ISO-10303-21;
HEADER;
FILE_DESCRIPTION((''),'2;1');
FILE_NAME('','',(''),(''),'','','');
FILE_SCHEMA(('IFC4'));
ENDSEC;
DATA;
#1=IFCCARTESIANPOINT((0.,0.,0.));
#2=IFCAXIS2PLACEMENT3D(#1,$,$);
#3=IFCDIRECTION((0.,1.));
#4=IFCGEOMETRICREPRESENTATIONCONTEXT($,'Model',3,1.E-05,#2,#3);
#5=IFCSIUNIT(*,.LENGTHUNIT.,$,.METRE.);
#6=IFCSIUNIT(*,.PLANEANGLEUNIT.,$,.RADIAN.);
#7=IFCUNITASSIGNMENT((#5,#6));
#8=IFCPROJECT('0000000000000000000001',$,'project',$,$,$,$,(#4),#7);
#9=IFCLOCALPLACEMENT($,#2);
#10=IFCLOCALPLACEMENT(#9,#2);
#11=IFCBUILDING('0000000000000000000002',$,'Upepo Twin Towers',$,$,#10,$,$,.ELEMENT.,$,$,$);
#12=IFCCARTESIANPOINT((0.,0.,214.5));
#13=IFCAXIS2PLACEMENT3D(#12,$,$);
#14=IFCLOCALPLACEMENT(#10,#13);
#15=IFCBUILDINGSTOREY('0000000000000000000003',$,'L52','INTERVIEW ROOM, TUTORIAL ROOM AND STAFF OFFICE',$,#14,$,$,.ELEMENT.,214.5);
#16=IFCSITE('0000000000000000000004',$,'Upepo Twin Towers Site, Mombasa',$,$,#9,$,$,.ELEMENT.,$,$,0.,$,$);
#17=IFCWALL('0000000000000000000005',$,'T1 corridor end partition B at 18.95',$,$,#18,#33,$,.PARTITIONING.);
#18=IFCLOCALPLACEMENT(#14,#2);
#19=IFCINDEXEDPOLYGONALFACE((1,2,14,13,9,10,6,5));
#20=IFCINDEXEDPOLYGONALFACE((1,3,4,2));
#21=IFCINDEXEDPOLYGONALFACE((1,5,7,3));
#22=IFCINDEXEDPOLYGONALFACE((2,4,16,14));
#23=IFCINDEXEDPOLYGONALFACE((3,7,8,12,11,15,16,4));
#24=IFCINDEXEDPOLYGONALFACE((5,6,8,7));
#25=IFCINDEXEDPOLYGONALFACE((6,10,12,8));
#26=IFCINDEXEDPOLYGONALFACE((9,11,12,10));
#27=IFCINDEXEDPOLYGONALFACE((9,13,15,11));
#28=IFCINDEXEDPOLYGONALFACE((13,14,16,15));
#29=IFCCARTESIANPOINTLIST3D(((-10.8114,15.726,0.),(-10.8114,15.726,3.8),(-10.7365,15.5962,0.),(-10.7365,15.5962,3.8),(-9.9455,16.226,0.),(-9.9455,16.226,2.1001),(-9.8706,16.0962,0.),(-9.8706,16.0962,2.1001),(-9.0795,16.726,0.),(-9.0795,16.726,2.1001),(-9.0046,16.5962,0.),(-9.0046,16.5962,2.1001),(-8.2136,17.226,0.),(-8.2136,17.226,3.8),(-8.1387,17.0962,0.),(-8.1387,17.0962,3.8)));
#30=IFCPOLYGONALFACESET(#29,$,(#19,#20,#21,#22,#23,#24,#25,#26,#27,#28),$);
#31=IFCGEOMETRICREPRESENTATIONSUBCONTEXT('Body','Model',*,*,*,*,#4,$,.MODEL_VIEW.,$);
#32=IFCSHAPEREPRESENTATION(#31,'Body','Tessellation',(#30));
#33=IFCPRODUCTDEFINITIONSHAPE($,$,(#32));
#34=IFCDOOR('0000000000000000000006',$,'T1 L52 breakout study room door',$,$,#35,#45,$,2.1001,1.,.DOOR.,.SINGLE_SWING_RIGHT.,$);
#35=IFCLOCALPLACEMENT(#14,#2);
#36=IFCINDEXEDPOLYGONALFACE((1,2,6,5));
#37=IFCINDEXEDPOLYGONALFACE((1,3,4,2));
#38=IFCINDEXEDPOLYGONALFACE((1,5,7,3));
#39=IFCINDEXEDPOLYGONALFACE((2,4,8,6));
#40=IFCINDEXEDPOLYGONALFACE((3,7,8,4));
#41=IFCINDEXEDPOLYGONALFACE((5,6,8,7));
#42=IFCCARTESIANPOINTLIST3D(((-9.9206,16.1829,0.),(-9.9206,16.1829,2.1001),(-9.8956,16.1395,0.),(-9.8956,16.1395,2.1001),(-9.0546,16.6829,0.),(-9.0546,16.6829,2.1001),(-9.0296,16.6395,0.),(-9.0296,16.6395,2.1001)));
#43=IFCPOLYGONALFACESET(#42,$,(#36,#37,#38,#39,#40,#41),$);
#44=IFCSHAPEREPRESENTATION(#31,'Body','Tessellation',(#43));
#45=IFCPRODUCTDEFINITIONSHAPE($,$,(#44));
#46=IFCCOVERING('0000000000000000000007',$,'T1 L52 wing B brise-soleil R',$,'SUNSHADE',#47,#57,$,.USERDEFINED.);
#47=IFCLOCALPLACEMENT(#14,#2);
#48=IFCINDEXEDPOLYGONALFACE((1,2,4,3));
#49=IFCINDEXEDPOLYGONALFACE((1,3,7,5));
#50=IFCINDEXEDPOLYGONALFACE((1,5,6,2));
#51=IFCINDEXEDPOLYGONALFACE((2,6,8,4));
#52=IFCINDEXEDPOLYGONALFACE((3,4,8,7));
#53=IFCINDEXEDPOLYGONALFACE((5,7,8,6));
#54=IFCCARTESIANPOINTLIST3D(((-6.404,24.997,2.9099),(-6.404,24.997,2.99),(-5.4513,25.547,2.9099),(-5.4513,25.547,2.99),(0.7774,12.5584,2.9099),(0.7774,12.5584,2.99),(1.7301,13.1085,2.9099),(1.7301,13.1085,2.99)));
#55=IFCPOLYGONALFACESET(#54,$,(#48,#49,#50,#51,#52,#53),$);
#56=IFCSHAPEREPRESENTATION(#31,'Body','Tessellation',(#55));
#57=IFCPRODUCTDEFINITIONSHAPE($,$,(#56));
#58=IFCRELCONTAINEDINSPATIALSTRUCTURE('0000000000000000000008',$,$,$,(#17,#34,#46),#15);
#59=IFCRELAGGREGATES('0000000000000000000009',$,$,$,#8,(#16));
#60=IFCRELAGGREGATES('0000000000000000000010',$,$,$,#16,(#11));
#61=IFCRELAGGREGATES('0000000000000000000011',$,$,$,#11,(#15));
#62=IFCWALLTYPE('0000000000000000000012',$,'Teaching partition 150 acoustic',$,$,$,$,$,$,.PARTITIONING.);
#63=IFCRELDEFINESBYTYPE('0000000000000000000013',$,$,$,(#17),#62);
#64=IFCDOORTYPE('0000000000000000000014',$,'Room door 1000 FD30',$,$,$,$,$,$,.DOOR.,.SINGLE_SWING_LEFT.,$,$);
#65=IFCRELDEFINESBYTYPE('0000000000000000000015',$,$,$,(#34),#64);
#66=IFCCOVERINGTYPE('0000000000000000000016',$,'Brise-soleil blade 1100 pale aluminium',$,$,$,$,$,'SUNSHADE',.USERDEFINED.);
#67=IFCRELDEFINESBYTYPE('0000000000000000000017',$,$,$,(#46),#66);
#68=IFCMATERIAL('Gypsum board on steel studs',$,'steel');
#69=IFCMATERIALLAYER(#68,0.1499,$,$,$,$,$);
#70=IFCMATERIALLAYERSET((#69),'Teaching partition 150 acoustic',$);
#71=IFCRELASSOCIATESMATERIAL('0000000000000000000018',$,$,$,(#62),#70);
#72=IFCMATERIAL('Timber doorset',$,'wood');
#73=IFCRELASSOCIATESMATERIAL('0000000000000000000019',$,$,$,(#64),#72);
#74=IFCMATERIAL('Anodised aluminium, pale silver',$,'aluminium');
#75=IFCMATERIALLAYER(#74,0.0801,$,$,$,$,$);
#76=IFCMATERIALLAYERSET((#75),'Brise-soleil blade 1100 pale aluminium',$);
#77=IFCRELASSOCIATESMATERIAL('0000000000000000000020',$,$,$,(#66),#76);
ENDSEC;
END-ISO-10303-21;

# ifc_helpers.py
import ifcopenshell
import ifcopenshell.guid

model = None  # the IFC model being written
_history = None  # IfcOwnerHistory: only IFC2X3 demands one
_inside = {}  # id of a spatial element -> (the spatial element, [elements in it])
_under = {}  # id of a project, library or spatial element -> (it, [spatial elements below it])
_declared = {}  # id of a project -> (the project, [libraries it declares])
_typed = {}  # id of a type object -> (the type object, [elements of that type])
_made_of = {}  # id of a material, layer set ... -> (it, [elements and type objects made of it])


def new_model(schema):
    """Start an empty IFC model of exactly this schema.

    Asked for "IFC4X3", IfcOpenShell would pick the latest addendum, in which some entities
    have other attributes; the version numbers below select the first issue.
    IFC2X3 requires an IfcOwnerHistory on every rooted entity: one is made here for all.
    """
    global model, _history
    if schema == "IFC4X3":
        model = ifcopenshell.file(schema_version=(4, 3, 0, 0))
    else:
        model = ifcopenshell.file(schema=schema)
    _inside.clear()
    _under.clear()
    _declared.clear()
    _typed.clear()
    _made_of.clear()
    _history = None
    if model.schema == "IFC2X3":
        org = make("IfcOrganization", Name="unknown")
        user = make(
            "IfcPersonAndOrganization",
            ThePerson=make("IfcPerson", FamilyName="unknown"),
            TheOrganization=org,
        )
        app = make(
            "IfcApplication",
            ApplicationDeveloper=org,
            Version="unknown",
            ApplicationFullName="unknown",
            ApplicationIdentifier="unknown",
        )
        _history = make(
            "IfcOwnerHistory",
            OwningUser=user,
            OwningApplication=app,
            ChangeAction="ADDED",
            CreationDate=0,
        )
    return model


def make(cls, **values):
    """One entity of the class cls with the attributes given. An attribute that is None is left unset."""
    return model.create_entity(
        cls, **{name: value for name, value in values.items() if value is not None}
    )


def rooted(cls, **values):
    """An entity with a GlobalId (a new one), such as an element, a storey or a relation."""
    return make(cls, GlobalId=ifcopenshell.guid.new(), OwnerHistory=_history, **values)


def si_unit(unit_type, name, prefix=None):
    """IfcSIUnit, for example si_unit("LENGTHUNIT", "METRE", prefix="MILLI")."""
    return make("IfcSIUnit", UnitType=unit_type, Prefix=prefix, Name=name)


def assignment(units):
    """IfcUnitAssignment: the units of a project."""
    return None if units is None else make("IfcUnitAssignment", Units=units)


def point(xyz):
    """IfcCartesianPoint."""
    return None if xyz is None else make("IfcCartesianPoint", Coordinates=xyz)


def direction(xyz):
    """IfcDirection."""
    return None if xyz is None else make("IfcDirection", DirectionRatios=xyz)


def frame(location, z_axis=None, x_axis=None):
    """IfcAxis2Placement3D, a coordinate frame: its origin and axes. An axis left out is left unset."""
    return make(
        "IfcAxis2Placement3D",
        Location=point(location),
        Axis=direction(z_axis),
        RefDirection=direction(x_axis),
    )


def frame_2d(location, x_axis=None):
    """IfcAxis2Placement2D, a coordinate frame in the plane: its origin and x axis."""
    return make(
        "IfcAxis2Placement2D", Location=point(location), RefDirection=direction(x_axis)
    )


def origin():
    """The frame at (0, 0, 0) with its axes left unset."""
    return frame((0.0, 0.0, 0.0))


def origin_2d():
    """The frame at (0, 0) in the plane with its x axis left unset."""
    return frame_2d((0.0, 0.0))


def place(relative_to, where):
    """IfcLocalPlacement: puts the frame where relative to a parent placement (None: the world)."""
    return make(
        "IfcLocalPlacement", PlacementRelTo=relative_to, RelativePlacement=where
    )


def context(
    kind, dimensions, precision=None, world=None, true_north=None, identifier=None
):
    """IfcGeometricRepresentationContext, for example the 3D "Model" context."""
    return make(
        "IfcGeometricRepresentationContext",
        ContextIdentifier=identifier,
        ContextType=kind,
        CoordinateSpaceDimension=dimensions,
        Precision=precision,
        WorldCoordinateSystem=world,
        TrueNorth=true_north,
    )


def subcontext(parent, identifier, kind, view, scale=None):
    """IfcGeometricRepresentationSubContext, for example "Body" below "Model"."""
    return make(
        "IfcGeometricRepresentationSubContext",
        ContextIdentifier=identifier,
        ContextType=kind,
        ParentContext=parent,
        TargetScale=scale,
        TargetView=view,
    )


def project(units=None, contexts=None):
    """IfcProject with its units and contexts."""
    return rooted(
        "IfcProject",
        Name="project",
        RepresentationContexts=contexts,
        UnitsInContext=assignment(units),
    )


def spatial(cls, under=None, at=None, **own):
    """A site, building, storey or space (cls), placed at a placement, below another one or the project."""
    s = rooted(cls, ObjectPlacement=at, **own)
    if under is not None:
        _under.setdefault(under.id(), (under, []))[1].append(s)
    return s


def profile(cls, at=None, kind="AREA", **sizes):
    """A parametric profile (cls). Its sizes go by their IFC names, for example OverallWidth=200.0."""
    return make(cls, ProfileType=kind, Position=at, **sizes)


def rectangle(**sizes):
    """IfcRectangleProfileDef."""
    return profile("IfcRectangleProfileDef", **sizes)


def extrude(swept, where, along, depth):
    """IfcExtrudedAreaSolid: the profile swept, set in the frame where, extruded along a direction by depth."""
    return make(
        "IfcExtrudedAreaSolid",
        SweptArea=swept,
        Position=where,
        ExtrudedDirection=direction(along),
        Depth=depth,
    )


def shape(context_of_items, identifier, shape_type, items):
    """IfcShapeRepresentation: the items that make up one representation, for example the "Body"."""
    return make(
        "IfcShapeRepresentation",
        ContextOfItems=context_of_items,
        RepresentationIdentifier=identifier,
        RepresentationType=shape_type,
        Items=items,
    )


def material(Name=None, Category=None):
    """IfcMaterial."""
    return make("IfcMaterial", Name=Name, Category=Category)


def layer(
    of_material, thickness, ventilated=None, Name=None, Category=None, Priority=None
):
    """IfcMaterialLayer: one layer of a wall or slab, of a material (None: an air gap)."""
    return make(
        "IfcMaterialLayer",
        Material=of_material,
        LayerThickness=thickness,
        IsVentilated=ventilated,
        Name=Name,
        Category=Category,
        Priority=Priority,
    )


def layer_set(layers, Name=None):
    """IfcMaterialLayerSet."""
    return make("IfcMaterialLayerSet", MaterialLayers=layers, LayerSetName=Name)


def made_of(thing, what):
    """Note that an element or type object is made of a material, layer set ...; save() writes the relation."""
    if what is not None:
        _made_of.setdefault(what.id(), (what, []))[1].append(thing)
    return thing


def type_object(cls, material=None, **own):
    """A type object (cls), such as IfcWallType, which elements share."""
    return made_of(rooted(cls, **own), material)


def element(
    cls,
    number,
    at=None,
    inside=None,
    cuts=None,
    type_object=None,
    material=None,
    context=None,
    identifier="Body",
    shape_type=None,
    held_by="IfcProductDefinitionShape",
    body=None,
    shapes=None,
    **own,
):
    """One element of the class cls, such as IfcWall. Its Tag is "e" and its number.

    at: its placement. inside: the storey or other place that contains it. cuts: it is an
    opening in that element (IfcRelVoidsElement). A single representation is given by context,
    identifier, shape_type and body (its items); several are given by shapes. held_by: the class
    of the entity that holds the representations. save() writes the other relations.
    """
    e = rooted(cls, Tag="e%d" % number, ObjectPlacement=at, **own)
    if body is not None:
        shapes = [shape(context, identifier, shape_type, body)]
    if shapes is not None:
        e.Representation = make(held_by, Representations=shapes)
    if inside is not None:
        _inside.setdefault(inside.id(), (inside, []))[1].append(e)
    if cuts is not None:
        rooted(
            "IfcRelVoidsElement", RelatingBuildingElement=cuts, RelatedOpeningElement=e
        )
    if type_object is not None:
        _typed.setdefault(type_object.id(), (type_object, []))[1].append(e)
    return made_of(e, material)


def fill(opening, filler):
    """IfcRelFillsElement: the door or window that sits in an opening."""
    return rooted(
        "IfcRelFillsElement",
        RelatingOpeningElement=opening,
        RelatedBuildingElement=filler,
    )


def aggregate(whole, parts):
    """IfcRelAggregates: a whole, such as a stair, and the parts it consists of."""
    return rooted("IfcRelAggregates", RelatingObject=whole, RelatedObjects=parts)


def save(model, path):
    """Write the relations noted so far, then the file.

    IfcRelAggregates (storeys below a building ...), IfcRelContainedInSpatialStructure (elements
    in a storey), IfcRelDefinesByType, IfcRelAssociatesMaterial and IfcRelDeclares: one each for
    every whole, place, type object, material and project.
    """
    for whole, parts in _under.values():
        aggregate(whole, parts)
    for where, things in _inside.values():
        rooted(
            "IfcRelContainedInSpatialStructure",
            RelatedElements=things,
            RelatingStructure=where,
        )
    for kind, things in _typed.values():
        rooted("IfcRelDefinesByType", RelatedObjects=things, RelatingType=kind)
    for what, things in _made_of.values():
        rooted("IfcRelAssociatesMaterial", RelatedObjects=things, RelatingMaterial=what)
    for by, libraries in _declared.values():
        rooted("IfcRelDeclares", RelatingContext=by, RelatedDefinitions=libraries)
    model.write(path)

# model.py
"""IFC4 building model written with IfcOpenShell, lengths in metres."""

from ifc_helpers import new_model, si_unit, direction, frame, frame_2d, origin, origin_2d, place, context, subcontext, project, spatial, rectangle, extrude, material, layer, layer_set, type_object, element, fill, save


model = new_model("IFC4")

# Units and contexts
model_context = context("Model", 3, precision=1e-05, world=origin(), true_north=direction((0.0, 1.0)))
body_context = subcontext(model_context, "Body", "Model", "MODEL_VIEW")
ifc_project = project(units=[si_unit("LENGTHUNIT", "METRE"), si_unit("PLANEANGLEUNIT", "RADIAN")], contexts=[model_context])

# Site, building, storey
site_placement = place(None, origin())
site = spatial("IfcSite", under=ifc_project, at=site_placement, Name="Upepo Twin Towers Site, Mombasa", CompositionType="ELEMENT", RefElevation=0.0)
building_placement = place(site_placement, origin())
building = spatial("IfcBuilding", under=site, at=building_placement, Name="Upepo Twin Towers", CompositionType="ELEMENT")
storey_placement = place(building_placement, frame((0.0, 0.0, 214.5)))
storey = spatial("IfcBuildingStorey", under=building, at=storey_placement, Name="L52", Description="INTERVIEW ROOM, TUTORIAL ROOM AND STAFF OFFICE", CompositionType="ELEMENT", Elevation=214.5)

# Shared definitions
ifc_material_1 = material(Name="Gypsum board on steel studs", Category="steel")
ifc_layer_1 = layer(ifc_material_1, 0.1499)
ifc_layer_set_1 = layer_set([ifc_layer_1], Name="Teaching partition 150 acoustic")
wall_type_1 = type_object("IfcWallType", Name="Teaching partition 150 acoustic", PredefinedType="PARTITIONING", material=ifc_layer_set_1)

# Wall, opening, door
ifc_material_2 = material(Name="Timber doorset", Category="wood")
door_type = type_object("IfcDoorType", Name="Room door 1000 FD30", OperationType="SINGLE_SWING_LEFT", PredefinedType="DOOR", material=ifc_material_2)
wall_1_placement = place(storey_placement, frame((-8.176, 17.1611, 0.0), z_axis=(0.0, 0.0, 1.0), x_axis=(-0.866011, -0.500025, 0.0)))
wall_1 = element("IfcWall", 1, at=wall_1_placement, inside=storey, type_object=wall_type_1, Name="T1 corridor end partition B at 18.95", PredefinedType="PARTITIONING", context=body_context, shape_type="SweptSolid", body=[
    extrude(rectangle(XDim=2.9998, YDim=0.1499, at=frame_2d((1.5, 0.0))), origin(), (0.0, 0.0, 1.0), 3.8),
])
opening_1_placement = place(wall_1_placement, frame((1.0, 0.0, 0.0)))
opening_1 = element("IfcOpeningElement", 2, at=opening_1_placement, cuts=wall_1, PredefinedType="OPENING", context=body_context, shape_type="SweptSolid", body=[
    extrude(rectangle(XDim=1.0, YDim=2.1001, at=frame_2d((0.5, 1.05))), frame((0.0, 0.085, 0.0), z_axis=(0.0, -1.0, 0.0), x_axis=(1.0, 0.0, 0.0)), (0.0, 0.0, 1.0), 0.1699),
])
door_1_placement = place(opening_1_placement, origin())
door_1 = element("IfcDoor", 3, at=door_1_placement, inside=storey, type_object=door_type, Name="T1 L52 breakout study room door", OperationType="SINGLE_SWING_RIGHT", OverallHeight=2.1001, OverallWidth=1.0, PredefinedType="DOOR", context=body_context, shape_type="SweptSolid", body=[
    extrude(rectangle(XDim=1.0, YDim=2.1001, at=frame_2d((0.5, 1.05))), frame((0.0, 0.0249, 0.0), z_axis=(0.0, -1.0, 0.0), x_axis=(1.0, 0.0, 0.0)), (0.0, 0.0, 1.0), 0.05),
])
fill(opening_1, door_1)

# Covering
ifc_material_3 = material(Name="Anodised aluminium, pale silver", Category="aluminium")
ifc_layer_2 = layer(ifc_material_3, 0.0801)
ifc_layer_set_2 = layer_set([ifc_layer_2], Name="Brise-soleil blade 1100 pale aluminium")
covering_type = type_object("IfcCoveringType", Name="Brise-soleil blade 1100 pale aluminium", ElementType="SUNSHADE", PredefinedType="USERDEFINED", material=ifc_layer_set_2)
covering_placement = place(storey_placement, frame((-2.3369, 19.0527, 2.9099), z_axis=(0.0, 0.0, 1.0), x_axis=(-0.5, 0.866025, 0.0)))
element("IfcCovering", 4, at=covering_placement, inside=storey, type_object=covering_type, Name="T1 L52 wing B brise-soleil R", ObjectType="SUNSHADE", PredefinedType="USERDEFINED", context=body_context, shape_type="SweptSolid", body=[
    extrude(rectangle(XDim=14.3628, YDim=1.1001, at=origin_2d()), origin(), (0.0, 0.0, 1.0), 0.0801),
])

save(model, "model.ifc")
